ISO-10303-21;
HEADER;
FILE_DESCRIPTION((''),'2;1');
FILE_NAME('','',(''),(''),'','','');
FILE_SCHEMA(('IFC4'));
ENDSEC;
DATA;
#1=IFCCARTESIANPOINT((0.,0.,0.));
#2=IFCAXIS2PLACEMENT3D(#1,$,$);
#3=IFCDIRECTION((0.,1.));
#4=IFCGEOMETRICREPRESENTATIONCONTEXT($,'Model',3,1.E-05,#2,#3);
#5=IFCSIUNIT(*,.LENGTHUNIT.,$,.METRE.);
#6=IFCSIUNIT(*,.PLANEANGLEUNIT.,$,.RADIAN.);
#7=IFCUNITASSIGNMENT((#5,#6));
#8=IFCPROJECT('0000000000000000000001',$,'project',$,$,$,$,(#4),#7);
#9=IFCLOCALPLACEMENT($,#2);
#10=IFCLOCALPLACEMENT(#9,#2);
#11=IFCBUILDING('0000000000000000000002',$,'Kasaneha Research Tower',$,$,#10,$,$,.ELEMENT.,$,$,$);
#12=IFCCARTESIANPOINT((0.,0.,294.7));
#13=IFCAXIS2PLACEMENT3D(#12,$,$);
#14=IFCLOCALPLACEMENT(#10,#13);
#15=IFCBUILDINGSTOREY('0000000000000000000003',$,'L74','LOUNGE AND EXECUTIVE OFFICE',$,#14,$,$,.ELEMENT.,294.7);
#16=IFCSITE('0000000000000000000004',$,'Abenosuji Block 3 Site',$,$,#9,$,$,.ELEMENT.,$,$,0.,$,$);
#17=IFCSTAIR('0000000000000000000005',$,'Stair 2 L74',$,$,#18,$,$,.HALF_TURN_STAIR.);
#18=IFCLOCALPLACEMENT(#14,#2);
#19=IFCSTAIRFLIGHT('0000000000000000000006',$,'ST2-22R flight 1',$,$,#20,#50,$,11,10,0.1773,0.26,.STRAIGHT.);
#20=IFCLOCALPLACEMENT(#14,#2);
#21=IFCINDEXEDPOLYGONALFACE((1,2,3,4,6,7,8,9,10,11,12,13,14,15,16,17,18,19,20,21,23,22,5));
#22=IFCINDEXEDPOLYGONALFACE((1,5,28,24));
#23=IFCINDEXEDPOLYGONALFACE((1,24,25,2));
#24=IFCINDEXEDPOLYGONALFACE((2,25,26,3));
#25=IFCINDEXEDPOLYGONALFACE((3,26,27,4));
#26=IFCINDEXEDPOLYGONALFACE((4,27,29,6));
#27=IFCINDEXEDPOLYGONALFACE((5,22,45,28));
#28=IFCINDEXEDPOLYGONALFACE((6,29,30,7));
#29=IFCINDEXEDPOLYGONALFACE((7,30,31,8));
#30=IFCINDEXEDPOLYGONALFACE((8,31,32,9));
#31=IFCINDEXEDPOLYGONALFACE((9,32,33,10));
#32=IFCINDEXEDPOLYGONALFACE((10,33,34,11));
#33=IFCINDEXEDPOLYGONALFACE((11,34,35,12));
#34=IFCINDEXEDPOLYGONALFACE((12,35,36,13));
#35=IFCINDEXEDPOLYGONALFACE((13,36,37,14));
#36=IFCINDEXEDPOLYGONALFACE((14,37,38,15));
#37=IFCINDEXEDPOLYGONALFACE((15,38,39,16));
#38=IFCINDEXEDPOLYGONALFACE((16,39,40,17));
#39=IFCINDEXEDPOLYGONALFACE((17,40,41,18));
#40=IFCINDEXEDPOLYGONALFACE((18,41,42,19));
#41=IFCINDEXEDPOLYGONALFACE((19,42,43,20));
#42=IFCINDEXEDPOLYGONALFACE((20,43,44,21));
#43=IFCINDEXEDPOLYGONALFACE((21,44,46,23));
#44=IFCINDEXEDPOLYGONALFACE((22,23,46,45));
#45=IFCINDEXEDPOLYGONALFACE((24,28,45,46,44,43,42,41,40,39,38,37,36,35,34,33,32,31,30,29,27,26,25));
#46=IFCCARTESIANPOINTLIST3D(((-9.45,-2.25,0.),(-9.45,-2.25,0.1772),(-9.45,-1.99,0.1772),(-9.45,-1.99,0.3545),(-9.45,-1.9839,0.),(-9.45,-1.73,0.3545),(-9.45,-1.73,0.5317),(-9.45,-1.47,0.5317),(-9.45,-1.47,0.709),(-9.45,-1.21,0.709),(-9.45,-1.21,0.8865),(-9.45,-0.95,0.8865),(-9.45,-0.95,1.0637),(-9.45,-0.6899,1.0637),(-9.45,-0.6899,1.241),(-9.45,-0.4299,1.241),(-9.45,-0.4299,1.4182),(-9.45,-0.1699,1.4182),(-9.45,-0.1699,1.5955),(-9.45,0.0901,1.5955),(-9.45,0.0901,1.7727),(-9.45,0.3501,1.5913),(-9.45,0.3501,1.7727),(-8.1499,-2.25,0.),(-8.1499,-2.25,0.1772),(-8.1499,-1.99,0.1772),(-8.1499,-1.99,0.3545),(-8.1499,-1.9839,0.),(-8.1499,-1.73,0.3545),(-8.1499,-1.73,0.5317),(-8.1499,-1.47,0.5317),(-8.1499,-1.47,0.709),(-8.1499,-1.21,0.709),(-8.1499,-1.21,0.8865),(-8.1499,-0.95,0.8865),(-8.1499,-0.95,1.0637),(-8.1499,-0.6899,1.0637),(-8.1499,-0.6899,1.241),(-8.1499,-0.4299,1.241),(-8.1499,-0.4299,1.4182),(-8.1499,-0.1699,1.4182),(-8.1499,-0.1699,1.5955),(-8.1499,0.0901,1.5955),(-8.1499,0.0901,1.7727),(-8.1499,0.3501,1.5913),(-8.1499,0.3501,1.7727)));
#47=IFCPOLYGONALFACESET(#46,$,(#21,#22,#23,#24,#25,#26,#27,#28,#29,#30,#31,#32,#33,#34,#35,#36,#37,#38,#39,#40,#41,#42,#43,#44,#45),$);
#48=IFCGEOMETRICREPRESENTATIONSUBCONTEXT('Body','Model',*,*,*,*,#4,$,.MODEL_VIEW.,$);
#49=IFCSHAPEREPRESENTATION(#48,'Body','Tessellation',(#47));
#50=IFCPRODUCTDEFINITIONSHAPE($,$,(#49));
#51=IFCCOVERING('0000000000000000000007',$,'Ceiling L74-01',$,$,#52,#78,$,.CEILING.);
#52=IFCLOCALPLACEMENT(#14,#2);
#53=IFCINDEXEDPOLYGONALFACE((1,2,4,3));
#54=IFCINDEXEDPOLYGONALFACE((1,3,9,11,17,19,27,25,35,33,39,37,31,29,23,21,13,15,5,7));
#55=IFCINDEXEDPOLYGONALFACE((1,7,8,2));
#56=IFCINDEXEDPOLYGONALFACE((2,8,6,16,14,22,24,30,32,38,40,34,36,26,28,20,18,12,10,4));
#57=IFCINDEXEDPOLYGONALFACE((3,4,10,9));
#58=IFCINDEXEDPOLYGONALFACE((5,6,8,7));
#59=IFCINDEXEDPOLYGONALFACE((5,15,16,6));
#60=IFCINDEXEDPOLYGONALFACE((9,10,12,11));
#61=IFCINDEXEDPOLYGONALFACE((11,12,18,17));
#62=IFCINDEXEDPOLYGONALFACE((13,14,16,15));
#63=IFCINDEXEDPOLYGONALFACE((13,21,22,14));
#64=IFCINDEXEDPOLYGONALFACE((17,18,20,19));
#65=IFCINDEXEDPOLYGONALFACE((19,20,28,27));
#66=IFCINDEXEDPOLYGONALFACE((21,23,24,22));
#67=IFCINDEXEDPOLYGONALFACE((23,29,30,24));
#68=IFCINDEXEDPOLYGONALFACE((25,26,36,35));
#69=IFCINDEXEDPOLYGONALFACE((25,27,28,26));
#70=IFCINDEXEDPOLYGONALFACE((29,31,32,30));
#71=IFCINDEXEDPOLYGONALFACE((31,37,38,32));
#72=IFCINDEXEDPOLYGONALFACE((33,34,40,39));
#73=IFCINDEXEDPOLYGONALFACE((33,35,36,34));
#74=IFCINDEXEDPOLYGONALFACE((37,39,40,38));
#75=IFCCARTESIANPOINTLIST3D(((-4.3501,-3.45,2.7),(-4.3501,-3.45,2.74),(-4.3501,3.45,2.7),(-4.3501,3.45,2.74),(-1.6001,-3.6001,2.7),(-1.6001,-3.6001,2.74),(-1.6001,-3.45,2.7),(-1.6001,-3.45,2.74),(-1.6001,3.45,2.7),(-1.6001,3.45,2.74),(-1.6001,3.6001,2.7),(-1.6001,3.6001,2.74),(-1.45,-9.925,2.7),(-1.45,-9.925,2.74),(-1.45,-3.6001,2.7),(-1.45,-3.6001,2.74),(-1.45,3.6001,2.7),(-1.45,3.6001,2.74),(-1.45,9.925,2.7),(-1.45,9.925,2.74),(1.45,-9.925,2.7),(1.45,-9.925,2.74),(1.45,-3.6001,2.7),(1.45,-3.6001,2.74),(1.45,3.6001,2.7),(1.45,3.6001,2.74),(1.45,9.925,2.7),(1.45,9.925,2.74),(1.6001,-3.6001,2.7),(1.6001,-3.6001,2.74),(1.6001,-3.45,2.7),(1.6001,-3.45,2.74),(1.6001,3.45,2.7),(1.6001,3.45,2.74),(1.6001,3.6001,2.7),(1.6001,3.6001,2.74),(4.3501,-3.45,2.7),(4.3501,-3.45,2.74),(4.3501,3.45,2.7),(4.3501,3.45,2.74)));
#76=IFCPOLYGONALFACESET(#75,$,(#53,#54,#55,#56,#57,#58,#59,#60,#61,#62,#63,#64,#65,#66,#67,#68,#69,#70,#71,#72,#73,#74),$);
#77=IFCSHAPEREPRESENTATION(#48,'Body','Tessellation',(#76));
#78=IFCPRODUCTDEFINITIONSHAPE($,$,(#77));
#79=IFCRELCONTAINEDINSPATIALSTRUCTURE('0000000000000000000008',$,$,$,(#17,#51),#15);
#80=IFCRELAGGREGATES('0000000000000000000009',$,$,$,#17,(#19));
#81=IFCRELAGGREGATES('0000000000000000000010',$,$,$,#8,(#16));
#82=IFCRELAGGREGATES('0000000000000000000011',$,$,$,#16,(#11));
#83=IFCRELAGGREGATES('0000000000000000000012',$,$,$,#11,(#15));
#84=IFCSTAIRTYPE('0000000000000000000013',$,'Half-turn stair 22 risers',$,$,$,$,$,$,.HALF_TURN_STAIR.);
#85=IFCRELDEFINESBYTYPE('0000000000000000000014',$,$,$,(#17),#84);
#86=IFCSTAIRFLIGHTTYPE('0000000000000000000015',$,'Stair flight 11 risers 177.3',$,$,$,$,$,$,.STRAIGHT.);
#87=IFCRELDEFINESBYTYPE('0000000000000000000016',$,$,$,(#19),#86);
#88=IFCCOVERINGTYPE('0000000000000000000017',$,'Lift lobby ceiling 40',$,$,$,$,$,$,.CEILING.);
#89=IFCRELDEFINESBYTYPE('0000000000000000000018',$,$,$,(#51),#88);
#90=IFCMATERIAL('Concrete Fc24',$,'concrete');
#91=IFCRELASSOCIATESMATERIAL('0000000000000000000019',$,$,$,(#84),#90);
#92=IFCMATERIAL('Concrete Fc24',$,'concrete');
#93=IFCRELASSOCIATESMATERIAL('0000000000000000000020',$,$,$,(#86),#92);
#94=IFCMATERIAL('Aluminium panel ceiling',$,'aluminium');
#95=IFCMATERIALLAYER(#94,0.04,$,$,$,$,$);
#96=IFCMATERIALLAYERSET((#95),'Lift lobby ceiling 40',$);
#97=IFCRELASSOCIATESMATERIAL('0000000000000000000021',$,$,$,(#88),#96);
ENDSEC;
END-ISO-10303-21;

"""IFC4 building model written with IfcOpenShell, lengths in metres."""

from ifc_helpers import new_model, si_unit, direction, frame, origin, place, context, subcontext, project, spatial, polyline, outline, extrude, material, layer, layer_set, type_object, element, aggregate, save


model = new_model("IFC4")

# Units and contexts
model_context = context("Model", 3, precision=1e-05, world=origin(), true_north=direction((0.0, 1.0)))
body_context = subcontext(model_context, "Body", "Model", "MODEL_VIEW")
ifc_project = project(units=[si_unit("LENGTHUNIT", "METRE"), si_unit("PLANEANGLEUNIT", "RADIAN")], contexts=[model_context])

# Site, building, storey
site_placement = place(None, origin())
site = spatial("IfcSite", under=ifc_project, at=site_placement, Name="Abenosuji Block 3 Site", CompositionType="ELEMENT", RefElevation=0.0)
building_placement = place(site_placement, origin())
building = spatial("IfcBuilding", under=site, at=building_placement, Name="Kasaneha Research Tower", CompositionType="ELEMENT")
storey_placement = place(building_placement, frame((0.0, 0.0, 294.7)))
storey = spatial("IfcBuildingStorey", under=building, at=storey_placement, Name="L74", Description="LOUNGE AND EXECUTIVE OFFICE", CompositionType="ELEMENT", Elevation=294.7)

# Stair, stair flight
ifc_material_1 = material(Name="Concrete Fc24", Category="concrete")
stair_type = type_object("IfcStairType", Name="Half-turn stair 22 risers", PredefinedType="HALF_TURN_STAIR", material=ifc_material_1)
stair_placement = place(storey_placement, origin())
stair = element("IfcStair", 1, at=stair_placement, inside=storey, type_object=stair_type, Name="Stair 2 L74", PredefinedType="HALF_TURN_STAIR")
ifc_material_2 = material(Name="Concrete Fc24", Category="concrete")
stair_flight_type = type_object("IfcStairFlightType", Name="Stair flight 11 risers 177.3", PredefinedType="STRAIGHT", material=ifc_material_2)
stair_flight_placement = place(storey_placement, frame((-8.8, -2.25, 0.0), z_axis=(0.0, 0.0, 1.0), x_axis=(0.0, 1.0, 0.0)))
stair_flight = element("IfcStairFlight", 2, at=stair_flight_placement, type_object=stair_flight_type, Name="ST2-22R flight 1", NumberOfRisers=11, NumberOfTreads=10, PredefinedType="STRAIGHT", RiserHeight=0.1773, TreadLength=0.26, context=body_context, shape_type="SweptSolid", body=[
    extrude(outline(polyline([(0.0, 0.0), (0.0, 0.1772), (0.26, 0.1772), (0.26, 0.3545), (0.52, 0.3545), (0.52, 0.5317), (0.78, 0.5317), (0.78, 0.709), (1.04, 0.709), (1.04, 0.8865), (1.3, 0.8865), (1.3, 1.0637), (1.5601, 1.0637), (1.5601, 1.241), (1.8201, 1.241), (1.8201, 1.4182), (2.0801, 1.4182), (2.0801, 1.5955), (2.3401, 1.5955), (2.3401, 1.7727), (2.6001, 1.7727), (2.6001, 1.95), (2.6001, 1.5913), (0.2661, 0.0), (0.0, 0.0)])), frame((0.0, 0.6499, 0.0), z_axis=(0.0, -1.0, 0.0), x_axis=(1.0, 0.0, 0.0)), (0.0, 0.0, 1.0), 1.3),
])
aggregate(stair, [stair_flight])

# Covering
ifc_material_3 = material(Name="Aluminium panel ceiling", Category="aluminium")
ifc_layer_1 = layer(ifc_material_3, 0.04)
ifc_layer_set_1 = layer_set([ifc_layer_1], Name="Lift lobby ceiling 40")
covering_type_1 = type_object("IfcCoveringType", Name="Lift lobby ceiling 40", PredefinedType="CEILING", material=ifc_layer_set_1)
covering_1_placement = place(storey_placement, frame((0.0, 0.0, 2.7)))
element("IfcCovering", 3, at=covering_1_placement, inside=storey, type_object=covering_type_1, Name="Ceiling L74-01", PredefinedType="CEILING", context=body_context, shape_type="SweptSolid", body=[
    extrude(outline(polyline([(1.45, 9.925), (1.45, 3.6001), (1.6001, 3.6001), (1.6001, 3.45), (4.3501, 3.45), (4.3501, -3.45), (1.6001, -3.45), (1.6001, -3.6001), (1.45, -3.6001), (1.45, -9.925), (-1.45, -9.925), (-1.45, -3.6001), (-1.6001, -3.6001), (-1.6001, -3.45), (-4.3501, -3.45), (-4.3501, 3.45), (-1.6001, 3.45), (-1.6001, 3.6001), (-1.45, 3.6001), (-1.45, 9.925), (1.45, 9.925)])), origin(), (0.0, 0.0, 1.0), 0.04),
])

save(model, "model.ifc")
